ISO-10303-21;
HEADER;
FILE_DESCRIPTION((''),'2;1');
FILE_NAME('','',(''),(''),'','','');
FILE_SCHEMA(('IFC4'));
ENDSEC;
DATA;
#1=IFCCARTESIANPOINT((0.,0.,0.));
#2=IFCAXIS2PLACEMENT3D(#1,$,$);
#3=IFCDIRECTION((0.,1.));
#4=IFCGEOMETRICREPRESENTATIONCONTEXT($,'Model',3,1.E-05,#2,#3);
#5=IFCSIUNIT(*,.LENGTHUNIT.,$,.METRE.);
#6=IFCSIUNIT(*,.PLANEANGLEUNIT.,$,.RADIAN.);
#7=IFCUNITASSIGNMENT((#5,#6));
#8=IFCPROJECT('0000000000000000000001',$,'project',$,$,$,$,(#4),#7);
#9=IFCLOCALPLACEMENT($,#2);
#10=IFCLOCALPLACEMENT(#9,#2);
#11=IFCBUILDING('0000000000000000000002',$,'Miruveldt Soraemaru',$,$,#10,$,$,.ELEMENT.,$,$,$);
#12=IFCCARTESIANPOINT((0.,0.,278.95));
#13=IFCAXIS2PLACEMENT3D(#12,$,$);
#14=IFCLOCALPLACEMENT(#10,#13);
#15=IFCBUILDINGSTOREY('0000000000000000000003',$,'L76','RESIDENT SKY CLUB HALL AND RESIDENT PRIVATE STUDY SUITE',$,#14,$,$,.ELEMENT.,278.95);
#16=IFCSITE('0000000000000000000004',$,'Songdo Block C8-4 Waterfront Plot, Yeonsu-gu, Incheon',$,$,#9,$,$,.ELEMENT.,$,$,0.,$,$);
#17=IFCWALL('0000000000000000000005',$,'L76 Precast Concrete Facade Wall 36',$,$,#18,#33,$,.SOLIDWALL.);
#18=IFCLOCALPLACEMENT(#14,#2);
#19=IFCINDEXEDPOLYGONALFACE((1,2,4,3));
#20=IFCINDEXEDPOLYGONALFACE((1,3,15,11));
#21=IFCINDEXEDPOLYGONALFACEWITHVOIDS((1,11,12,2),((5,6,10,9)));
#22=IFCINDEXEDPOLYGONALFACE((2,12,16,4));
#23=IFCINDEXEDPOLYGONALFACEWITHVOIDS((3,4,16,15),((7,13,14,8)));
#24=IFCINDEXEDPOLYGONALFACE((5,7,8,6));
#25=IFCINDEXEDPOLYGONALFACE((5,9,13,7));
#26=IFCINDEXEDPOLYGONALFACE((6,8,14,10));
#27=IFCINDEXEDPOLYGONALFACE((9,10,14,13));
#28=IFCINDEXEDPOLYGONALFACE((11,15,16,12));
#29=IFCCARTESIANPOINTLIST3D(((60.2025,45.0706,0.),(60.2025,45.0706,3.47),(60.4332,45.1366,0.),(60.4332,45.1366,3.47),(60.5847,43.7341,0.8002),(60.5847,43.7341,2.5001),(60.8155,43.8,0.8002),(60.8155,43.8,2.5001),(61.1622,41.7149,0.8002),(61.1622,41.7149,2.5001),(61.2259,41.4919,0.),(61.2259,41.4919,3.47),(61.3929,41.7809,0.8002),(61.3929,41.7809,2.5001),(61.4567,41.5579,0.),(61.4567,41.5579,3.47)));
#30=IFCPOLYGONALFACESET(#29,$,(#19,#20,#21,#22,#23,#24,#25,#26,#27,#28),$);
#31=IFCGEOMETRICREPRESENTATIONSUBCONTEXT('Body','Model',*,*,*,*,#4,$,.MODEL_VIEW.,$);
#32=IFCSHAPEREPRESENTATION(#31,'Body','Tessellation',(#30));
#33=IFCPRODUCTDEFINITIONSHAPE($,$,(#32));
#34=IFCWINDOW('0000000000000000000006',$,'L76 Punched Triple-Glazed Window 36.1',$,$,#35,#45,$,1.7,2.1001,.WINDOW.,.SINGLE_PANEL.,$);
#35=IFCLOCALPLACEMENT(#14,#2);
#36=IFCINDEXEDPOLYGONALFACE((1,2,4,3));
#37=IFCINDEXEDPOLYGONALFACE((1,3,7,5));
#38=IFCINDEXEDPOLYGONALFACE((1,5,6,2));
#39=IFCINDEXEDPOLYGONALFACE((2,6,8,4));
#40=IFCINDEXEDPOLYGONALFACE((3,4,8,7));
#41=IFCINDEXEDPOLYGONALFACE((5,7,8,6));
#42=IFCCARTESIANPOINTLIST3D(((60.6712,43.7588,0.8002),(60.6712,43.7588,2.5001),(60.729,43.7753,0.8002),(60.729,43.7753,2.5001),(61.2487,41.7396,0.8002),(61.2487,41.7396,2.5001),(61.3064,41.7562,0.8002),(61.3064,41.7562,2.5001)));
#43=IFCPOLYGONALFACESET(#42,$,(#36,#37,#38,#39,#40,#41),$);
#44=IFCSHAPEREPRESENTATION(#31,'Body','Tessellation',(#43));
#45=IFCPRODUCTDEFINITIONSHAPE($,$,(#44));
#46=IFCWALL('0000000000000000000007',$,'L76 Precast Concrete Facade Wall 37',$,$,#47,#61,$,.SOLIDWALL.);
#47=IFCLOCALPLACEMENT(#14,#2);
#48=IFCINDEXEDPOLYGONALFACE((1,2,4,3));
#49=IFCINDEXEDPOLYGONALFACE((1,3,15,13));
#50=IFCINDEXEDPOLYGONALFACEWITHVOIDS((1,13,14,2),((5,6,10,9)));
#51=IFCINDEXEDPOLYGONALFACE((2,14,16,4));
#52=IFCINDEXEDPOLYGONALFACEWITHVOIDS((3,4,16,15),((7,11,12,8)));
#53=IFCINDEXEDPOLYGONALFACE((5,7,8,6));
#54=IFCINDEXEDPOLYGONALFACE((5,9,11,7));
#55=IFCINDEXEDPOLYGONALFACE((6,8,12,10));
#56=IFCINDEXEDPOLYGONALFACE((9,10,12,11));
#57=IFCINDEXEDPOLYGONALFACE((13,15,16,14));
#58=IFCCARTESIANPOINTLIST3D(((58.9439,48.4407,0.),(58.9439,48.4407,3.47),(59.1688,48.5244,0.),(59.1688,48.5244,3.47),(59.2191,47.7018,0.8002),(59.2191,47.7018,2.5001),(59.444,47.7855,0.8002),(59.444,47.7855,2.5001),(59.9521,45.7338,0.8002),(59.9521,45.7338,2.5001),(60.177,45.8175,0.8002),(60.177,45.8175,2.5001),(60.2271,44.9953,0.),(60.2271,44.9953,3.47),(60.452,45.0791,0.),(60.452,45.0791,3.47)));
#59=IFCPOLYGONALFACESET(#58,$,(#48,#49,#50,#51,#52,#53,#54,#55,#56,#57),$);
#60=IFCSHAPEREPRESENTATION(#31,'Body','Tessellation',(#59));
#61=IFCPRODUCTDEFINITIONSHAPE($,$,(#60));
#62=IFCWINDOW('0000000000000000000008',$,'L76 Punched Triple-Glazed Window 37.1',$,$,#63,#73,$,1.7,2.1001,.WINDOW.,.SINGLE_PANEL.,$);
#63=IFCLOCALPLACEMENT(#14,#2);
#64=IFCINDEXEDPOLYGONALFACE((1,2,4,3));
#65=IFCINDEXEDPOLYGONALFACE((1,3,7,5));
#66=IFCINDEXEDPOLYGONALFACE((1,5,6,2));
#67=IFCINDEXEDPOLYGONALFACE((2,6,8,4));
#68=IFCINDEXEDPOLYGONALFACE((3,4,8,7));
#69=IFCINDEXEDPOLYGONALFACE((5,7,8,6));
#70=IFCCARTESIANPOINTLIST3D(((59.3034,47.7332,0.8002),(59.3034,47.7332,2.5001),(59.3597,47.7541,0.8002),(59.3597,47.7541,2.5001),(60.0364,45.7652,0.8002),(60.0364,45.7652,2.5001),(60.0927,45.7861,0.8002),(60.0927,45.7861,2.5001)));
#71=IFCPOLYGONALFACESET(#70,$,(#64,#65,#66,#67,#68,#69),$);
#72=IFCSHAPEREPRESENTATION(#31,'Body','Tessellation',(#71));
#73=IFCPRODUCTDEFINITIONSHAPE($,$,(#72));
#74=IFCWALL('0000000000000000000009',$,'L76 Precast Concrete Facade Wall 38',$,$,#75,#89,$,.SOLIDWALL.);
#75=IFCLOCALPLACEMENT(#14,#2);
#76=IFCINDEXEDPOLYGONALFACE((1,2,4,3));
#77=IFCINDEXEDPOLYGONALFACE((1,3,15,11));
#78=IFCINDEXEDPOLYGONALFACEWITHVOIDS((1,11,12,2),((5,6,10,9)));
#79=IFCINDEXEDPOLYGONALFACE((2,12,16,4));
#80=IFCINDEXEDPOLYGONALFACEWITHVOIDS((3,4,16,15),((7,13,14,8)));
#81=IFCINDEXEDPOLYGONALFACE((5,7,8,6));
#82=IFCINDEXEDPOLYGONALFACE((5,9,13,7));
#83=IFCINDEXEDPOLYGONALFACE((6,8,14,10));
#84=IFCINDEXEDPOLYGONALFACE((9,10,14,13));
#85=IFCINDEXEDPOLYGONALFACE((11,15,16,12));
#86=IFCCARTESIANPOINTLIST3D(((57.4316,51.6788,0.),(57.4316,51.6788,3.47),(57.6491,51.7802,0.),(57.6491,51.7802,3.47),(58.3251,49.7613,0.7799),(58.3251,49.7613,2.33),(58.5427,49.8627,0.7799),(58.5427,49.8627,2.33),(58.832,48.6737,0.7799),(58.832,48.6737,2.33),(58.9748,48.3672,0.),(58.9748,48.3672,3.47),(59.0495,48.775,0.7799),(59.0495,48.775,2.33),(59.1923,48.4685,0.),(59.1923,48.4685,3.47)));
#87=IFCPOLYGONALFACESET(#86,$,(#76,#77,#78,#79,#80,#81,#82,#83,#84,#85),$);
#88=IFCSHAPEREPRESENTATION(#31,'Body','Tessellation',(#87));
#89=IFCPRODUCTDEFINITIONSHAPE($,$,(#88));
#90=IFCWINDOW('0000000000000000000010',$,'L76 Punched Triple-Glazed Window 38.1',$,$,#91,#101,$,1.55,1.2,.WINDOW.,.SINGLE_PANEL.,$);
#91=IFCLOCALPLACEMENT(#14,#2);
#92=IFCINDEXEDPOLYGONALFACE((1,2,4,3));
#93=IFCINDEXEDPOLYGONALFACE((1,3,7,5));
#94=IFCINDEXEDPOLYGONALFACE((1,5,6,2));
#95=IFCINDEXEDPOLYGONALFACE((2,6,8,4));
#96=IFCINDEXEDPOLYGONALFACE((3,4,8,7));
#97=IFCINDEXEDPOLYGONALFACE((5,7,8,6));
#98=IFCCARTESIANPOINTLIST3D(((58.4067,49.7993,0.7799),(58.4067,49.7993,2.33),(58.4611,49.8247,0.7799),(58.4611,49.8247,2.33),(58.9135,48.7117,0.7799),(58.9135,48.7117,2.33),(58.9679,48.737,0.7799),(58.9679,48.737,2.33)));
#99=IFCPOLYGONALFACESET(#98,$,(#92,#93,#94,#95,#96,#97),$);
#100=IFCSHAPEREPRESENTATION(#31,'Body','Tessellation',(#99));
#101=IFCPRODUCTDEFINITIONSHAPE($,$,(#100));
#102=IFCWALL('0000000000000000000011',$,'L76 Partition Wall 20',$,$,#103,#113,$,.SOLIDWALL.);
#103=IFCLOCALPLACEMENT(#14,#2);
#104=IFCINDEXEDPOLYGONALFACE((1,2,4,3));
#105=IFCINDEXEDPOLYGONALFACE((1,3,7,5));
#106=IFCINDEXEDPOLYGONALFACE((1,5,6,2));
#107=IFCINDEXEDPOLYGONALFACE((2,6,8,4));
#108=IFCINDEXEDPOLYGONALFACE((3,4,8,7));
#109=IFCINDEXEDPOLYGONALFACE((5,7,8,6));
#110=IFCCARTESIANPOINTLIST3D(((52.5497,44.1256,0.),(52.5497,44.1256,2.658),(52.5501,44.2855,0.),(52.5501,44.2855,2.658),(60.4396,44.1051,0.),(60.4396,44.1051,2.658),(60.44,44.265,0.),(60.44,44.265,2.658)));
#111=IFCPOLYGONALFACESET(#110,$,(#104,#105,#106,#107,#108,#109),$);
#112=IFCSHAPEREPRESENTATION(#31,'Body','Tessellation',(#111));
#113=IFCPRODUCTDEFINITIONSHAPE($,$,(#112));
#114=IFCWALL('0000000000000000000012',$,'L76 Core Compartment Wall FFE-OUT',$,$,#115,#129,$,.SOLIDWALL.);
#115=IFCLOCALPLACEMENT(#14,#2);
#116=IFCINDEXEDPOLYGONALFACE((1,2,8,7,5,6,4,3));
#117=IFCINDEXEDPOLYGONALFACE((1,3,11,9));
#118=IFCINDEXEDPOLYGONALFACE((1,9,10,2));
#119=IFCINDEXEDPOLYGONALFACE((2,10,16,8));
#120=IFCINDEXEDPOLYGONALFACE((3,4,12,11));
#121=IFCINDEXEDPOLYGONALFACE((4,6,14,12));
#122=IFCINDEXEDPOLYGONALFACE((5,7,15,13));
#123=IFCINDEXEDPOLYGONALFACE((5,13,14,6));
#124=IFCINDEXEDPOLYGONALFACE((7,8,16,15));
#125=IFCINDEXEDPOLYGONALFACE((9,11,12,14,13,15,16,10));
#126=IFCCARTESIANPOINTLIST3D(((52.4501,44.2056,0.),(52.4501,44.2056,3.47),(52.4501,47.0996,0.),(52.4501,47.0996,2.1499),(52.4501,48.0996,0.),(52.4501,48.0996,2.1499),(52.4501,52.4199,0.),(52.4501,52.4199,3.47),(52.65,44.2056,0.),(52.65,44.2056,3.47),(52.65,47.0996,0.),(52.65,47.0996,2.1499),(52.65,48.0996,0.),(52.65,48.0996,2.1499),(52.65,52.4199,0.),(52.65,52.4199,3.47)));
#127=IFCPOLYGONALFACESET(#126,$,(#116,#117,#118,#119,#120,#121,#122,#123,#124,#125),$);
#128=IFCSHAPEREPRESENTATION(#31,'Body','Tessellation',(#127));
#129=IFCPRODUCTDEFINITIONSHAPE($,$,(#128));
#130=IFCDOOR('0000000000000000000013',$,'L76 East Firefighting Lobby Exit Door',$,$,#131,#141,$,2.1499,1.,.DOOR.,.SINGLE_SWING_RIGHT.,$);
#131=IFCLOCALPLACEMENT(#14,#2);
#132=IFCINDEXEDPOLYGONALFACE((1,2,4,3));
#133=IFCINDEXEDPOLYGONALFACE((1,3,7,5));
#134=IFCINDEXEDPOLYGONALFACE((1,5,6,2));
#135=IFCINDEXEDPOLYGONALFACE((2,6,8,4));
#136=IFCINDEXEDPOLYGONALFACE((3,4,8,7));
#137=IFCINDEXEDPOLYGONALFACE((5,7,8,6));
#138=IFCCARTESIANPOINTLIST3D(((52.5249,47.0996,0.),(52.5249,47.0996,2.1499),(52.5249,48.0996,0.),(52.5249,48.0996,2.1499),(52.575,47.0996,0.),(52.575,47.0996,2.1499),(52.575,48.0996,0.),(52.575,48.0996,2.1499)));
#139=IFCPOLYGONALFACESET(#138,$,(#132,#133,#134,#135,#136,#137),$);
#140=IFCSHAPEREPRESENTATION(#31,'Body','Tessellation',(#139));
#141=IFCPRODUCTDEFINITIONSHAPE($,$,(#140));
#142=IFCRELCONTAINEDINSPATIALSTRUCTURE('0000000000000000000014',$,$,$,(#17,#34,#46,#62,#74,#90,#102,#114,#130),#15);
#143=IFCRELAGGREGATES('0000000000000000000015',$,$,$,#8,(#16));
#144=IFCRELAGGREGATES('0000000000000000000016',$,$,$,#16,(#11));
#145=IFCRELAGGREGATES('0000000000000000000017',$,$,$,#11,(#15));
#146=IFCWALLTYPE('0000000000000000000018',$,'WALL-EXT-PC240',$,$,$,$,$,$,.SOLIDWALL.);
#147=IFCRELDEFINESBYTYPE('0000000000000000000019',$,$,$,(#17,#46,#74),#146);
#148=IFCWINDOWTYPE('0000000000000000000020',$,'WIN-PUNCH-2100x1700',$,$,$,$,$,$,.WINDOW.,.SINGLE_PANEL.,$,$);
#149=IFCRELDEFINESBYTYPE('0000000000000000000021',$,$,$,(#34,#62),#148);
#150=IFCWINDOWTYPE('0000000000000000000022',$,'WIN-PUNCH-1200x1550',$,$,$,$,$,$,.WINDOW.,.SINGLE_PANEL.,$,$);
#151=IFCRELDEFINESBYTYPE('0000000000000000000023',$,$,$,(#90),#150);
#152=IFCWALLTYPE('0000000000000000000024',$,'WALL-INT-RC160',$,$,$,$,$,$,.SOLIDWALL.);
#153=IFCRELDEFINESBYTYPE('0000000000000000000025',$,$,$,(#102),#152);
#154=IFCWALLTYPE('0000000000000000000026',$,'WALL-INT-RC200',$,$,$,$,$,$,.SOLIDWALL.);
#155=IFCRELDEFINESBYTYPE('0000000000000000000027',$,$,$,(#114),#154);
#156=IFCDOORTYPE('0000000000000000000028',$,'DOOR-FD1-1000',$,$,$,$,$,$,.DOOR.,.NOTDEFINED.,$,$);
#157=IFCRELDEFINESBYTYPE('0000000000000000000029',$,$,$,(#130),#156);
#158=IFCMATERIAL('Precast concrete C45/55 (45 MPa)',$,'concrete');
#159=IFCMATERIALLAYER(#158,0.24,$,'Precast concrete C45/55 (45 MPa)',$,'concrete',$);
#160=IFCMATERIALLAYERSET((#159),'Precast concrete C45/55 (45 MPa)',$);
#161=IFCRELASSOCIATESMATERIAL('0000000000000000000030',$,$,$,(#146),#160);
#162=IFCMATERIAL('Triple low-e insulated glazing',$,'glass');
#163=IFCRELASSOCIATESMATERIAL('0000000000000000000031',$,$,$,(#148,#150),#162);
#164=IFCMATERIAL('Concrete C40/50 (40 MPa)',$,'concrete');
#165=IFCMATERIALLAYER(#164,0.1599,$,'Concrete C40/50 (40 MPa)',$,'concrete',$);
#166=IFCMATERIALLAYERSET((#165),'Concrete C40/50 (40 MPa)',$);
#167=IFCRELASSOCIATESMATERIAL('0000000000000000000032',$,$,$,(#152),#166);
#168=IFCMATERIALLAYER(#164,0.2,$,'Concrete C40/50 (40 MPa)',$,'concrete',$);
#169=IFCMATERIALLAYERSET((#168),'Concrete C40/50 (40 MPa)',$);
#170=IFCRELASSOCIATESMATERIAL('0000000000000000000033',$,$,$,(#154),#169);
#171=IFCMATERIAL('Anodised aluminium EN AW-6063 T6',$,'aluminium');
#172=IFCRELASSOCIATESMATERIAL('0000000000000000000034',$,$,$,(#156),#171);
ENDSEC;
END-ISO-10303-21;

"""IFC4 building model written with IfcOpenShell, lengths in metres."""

from ifc_helpers import new_model, si_unit, direction, frame, frame_2d, origin, place, context, subcontext, project, spatial, rectangle, extrude, material, layer, layer_set, type_object, element, fill, save


model = new_model("IFC4")

# Units and contexts
model_context = context("Model", 3, precision=1e-05, world=origin(), true_north=direction((0.0, 1.0)))
body_context = subcontext(model_context, "Body", "Model", "MODEL_VIEW")
ifc_project = project(units=[si_unit("LENGTHUNIT", "METRE"), si_unit("PLANEANGLEUNIT", "RADIAN")], contexts=[model_context])

# Site, building, storey
site_placement = place(None, origin())
site = spatial("IfcSite", under=ifc_project, at=site_placement, Name="Songdo Block C8-4 Waterfront Plot, Yeonsu-gu, Incheon", CompositionType="ELEMENT", RefElevation=0.0)
building_placement = place(site_placement, origin())
building = spatial("IfcBuilding", under=site, at=building_placement, Name="Miruveldt Soraemaru", CompositionType="ELEMENT")
storey_placement = place(building_placement, frame((0.0, 0.0, 278.95)))
storey = spatial("IfcBuildingStorey", under=building, at=storey_placement, Name="L76", Description="RESIDENT SKY CLUB HALL AND RESIDENT PRIVATE STUDY SUITE", CompositionType="ELEMENT", Elevation=278.95)

# Walls, openings, windows
ifc_material_1 = material(Name="Precast concrete C45/55 (45 MPa)", Category="concrete")
ifc_layer_1 = layer(ifc_material_1, 0.24, Name="Precast concrete C45/55 (45 MPa)", Category="concrete")
ifc_layer_set_1 = layer_set([ifc_layer_1], Name="Precast concrete C45/55 (45 MPa)")
wall_type_1 = type_object("IfcWallType", Name="WALL-EXT-PC240", PredefinedType="SOLIDWALL", material=ifc_layer_set_1)
wall_1_placement = place(storey_placement, frame((61.3413, 41.5249, 0.0), z_axis=(0.0, 0.0, 1.0), x_axis=(-0.274964, 0.961455, 0.0)))
wall_1 = element("IfcWall", 1, at=wall_1_placement, inside=storey, type_object=wall_type_1, Name="L76 Precast Concrete Facade Wall 36", PredefinedType="SOLIDWALL", context=body_context, shape_type="SweptSolid", body=[
    extrude(rectangle(XDim=3.7222, YDim=0.24, at=frame_2d((1.8611, 0.0))), origin(), (0.0, 0.0, 1.0), 3.47),
])
opening_1_placement = place(wall_1_placement, frame((0.2319, 0.0, 0.8)))
opening_1 = element("IfcOpeningElement", 2, at=opening_1_placement, cuts=wall_1, PredefinedType="OPENING", context=body_context, shape_type="SweptSolid", body=[
    extrude(rectangle(XDim=2.1001, YDim=1.7, at=frame_2d((1.05, 0.8501))), frame((0.0, 0.1299, 0.0), z_axis=(0.0, -1.0, 0.0), x_axis=(1.0, 0.0, 0.0)), (0.0, 0.0, 1.0), 0.26),
])
ifc_material_2 = material(Name="Triple low-e insulated glazing", Category="glass")
window_type_1 = type_object("IfcWindowType", Name="WIN-PUNCH-2100x1700", PartitioningType="SINGLE_PANEL", PredefinedType="WINDOW", material=ifc_material_2)
window_1_placement = place(opening_1_placement, origin())
window_1 = element("IfcWindow", 3, at=window_1_placement, inside=storey, type_object=window_type_1, Name="L76 Punched Triple-Glazed Window 36.1", OverallHeight=1.7, OverallWidth=2.1001, PartitioningType="SINGLE_PANEL", PredefinedType="WINDOW", context=body_context, shape_type="SweptSolid", body=[
    extrude(rectangle(XDim=2.1001, YDim=1.7, at=frame_2d((1.05, 0.8501))), frame((0.0, 0.03, 0.0), z_axis=(0.0, -1.0, 0.0), x_axis=(1.0, 0.0, 0.0)), (0.0, 0.0, 1.0), 0.0601),
])
fill(opening_1, window_1)
wall_2_placement = place(storey_placement, frame((60.3396, 45.0371, 0.0), z_axis=(0.0, 0.0, 1.0), x_axis=(-0.349027, 0.937113, 0.0)))
wall_2 = element("IfcWall", 4, at=wall_2_placement, inside=storey, type_object=wall_type_1, Name="L76 Precast Concrete Facade Wall 37", PredefinedType="SOLIDWALL", context=body_context, shape_type="SweptSolid", body=[
    extrude(rectangle(XDim=3.6765, YDim=0.24, at=frame_2d((1.8384, 0.0))), origin(), (0.0, 0.0, 1.0), 3.47),
])
opening_2_placement = place(wall_2_placement, frame((0.7881, 0.0, 0.8)))
opening_2 = element("IfcOpeningElement", 5, at=opening_2_placement, cuts=wall_2, PredefinedType="OPENING", context=body_context, shape_type="SweptSolid", body=[
    extrude(rectangle(XDim=2.1001, YDim=1.7, at=frame_2d((1.05, 0.8501))), frame((0.0, 0.1299, 0.0), z_axis=(0.0, -1.0, 0.0), x_axis=(1.0, 0.0, 0.0)), (0.0, 0.0, 1.0), 0.26),
])
window_2_placement = place(opening_2_placement, origin())
window_2 = element("IfcWindow", 6, at=window_2_placement, inside=storey, type_object=window_type_1, Name="L76 Punched Triple-Glazed Window 37.1", OverallHeight=1.7, OverallWidth=2.1001, PartitioningType="SINGLE_PANEL", PredefinedType="WINDOW", context=body_context, shape_type="SweptSolid", body=[
    extrude(rectangle(XDim=2.1001, YDim=1.7, at=frame_2d((1.05, 0.8501))), frame((0.0, 0.03, 0.0), z_axis=(0.0, -1.0, 0.0), x_axis=(1.0, 0.0, 0.0)), (0.0, 0.0, 1.0), 0.0601),
])
fill(opening_2, window_2)
wall_3_placement = place(storey_placement, frame((59.0835, 48.418, 0.0), z_axis=(0.0, 0.0, 1.0), x_axis=(-0.422373, 0.906422, 0.0)))
wall_3 = element("IfcWall", 7, at=wall_3_placement, inside=storey, type_object=wall_type_1, Name="L76 Precast Concrete Facade Wall 38", PredefinedType="SOLIDWALL", context=body_context, shape_type="SweptSolid", body=[
    extrude(rectangle(XDim=3.6536, YDim=0.24, at=frame_2d((1.8267, 0.0))), origin(), (0.0, 0.0, 1.0), 3.47),
])
opening_3_placement = place(wall_3_placement, frame((0.3379, 0.0, 0.78)))
opening_3 = element("IfcOpeningElement", 8, at=opening_3_placement, cuts=wall_3, PredefinedType="OPENING", context=body_context, shape_type="SweptSolid", body=[
    extrude(rectangle(XDim=1.2, YDim=1.55, at=frame_2d((0.6001, 0.7749))), frame((0.0, 0.1299, 0.0), z_axis=(0.0, -1.0, 0.0), x_axis=(1.0, 0.0, 0.0)), (0.0, 0.0, 1.0), 0.26),
])
window_type_2 = type_object("IfcWindowType", Name="WIN-PUNCH-1200x1550", PartitioningType="SINGLE_PANEL", PredefinedType="WINDOW", material=ifc_material_2)
window_3_placement = place(opening_3_placement, origin())
window_3 = element("IfcWindow", 9, at=window_3_placement, inside=storey, type_object=window_type_2, Name="L76 Punched Triple-Glazed Window 38.1", OverallHeight=1.55, OverallWidth=1.2, PartitioningType="SINGLE_PANEL", PredefinedType="WINDOW", context=body_context, shape_type="SweptSolid", body=[
    extrude(rectangle(XDim=1.2, YDim=1.55, at=frame_2d((0.6001, 0.7749))), frame((0.0, 0.03, 0.0), z_axis=(0.0, -1.0, 0.0), x_axis=(1.0, 0.0, 0.0)), (0.0, 0.0, 1.0), 0.0601),
])
fill(opening_3, window_3)

# Wall
ifc_material_3 = material(Name="Concrete C40/50 (40 MPa)", Category="concrete")
ifc_layer_2 = layer(ifc_material_3, 0.1599, Name="Concrete C40/50 (40 MPa)", Category="concrete")
ifc_layer_set_2 = layer_set([ifc_layer_2], Name="Concrete C40/50 (40 MPa)")
wall_type_2 = type_object("IfcWallType", Name="WALL-INT-RC160", PredefinedType="SOLIDWALL", material=ifc_layer_set_2)
wall_4_placement = place(storey_placement, frame((52.55, 44.2056, 0.0), z_axis=(0.0, 0.0, 1.0), x_axis=(0.999997, -0.002599, 0.0)))
element("IfcWall", 10, at=wall_4_placement, inside=storey, type_object=wall_type_2, Name="L76 Partition Wall 20", PredefinedType="SOLIDWALL", context=body_context, shape_type="SweptSolid", body=[
    extrude(rectangle(XDim=7.8899, YDim=0.1599, at=frame_2d((3.9448, 0.0))), origin(), (0.0, 0.0, 1.0), 2.658),
])

# Wall, opening, door
ifc_layer_3 = layer(ifc_material_3, 0.2, Name="Concrete C40/50 (40 MPa)", Category="concrete")
ifc_layer_set_3 = layer_set([ifc_layer_3], Name="Concrete C40/50 (40 MPa)")
wall_type_3 = type_object("IfcWallType", Name="WALL-INT-RC200", PredefinedType="SOLIDWALL", material=ifc_layer_set_3)
wall_5_placement = place(storey_placement, frame((52.55, 44.2056, 0.0), z_axis=(0.0, 0.0, 1.0), x_axis=(0.0, 1.0, 0.0)))
wall_5 = element("IfcWall", 11, at=wall_5_placement, inside=storey, type_object=wall_type_3, Name="L76 Core Compartment Wall FFE-OUT", PredefinedType="SOLIDWALL", context=body_context, shape_type="SweptSolid", body=[
    extrude(rectangle(XDim=8.2144, YDim=0.2, at=frame_2d((4.1072, 0.0))), origin(), (0.0, 0.0, 1.0), 3.47),
])
opening_4_placement = place(wall_5_placement, frame((2.894, 0.0, 0.0)))
opening_4 = element("IfcOpeningElement", 12, at=opening_4_placement, cuts=wall_5, PredefinedType="OPENING", context=body_context, shape_type="SweptSolid", body=[
    extrude(rectangle(XDim=1.0, YDim=2.1499, at=frame_2d((0.5, 1.075))), frame((0.0, 0.1099, 0.0), z_axis=(0.0, -1.0, 0.0), x_axis=(1.0, 0.0, 0.0)), (0.0, 0.0, 1.0), 0.22),
])
ifc_material_4 = material(Name="Anodised aluminium EN AW-6063 T6", Category="aluminium")
door_type = type_object("IfcDoorType", Name="DOOR-FD1-1000", OperationType="NOTDEFINED", PredefinedType="DOOR", material=ifc_material_4)
door_placement = place(opening_4_placement, frame((1.0, 0.0, 0.0), z_axis=(0.0, 0.0, 1.0), x_axis=(-1.0, 0.0, 0.0)))
door = element("IfcDoor", 13, at=door_placement, inside=storey, type_object=door_type, Name="L76 East Firefighting Lobby Exit Door", OperationType="SINGLE_SWING_RIGHT", OverallHeight=2.1499, OverallWidth=1.0, PredefinedType="DOOR", context=body_context, shape_type="SweptSolid", body=[
    extrude(rectangle(XDim=1.0, YDim=2.1499, at=frame_2d((0.5, 1.075))), frame((0.0, 0.0249, 0.0), z_axis=(0.0, -1.0, 0.0), x_axis=(1.0, 0.0, 0.0)), (0.0, 0.0, 1.0), 0.05),
])
fill(opening_4, door)

save(model, "model.ifc")
